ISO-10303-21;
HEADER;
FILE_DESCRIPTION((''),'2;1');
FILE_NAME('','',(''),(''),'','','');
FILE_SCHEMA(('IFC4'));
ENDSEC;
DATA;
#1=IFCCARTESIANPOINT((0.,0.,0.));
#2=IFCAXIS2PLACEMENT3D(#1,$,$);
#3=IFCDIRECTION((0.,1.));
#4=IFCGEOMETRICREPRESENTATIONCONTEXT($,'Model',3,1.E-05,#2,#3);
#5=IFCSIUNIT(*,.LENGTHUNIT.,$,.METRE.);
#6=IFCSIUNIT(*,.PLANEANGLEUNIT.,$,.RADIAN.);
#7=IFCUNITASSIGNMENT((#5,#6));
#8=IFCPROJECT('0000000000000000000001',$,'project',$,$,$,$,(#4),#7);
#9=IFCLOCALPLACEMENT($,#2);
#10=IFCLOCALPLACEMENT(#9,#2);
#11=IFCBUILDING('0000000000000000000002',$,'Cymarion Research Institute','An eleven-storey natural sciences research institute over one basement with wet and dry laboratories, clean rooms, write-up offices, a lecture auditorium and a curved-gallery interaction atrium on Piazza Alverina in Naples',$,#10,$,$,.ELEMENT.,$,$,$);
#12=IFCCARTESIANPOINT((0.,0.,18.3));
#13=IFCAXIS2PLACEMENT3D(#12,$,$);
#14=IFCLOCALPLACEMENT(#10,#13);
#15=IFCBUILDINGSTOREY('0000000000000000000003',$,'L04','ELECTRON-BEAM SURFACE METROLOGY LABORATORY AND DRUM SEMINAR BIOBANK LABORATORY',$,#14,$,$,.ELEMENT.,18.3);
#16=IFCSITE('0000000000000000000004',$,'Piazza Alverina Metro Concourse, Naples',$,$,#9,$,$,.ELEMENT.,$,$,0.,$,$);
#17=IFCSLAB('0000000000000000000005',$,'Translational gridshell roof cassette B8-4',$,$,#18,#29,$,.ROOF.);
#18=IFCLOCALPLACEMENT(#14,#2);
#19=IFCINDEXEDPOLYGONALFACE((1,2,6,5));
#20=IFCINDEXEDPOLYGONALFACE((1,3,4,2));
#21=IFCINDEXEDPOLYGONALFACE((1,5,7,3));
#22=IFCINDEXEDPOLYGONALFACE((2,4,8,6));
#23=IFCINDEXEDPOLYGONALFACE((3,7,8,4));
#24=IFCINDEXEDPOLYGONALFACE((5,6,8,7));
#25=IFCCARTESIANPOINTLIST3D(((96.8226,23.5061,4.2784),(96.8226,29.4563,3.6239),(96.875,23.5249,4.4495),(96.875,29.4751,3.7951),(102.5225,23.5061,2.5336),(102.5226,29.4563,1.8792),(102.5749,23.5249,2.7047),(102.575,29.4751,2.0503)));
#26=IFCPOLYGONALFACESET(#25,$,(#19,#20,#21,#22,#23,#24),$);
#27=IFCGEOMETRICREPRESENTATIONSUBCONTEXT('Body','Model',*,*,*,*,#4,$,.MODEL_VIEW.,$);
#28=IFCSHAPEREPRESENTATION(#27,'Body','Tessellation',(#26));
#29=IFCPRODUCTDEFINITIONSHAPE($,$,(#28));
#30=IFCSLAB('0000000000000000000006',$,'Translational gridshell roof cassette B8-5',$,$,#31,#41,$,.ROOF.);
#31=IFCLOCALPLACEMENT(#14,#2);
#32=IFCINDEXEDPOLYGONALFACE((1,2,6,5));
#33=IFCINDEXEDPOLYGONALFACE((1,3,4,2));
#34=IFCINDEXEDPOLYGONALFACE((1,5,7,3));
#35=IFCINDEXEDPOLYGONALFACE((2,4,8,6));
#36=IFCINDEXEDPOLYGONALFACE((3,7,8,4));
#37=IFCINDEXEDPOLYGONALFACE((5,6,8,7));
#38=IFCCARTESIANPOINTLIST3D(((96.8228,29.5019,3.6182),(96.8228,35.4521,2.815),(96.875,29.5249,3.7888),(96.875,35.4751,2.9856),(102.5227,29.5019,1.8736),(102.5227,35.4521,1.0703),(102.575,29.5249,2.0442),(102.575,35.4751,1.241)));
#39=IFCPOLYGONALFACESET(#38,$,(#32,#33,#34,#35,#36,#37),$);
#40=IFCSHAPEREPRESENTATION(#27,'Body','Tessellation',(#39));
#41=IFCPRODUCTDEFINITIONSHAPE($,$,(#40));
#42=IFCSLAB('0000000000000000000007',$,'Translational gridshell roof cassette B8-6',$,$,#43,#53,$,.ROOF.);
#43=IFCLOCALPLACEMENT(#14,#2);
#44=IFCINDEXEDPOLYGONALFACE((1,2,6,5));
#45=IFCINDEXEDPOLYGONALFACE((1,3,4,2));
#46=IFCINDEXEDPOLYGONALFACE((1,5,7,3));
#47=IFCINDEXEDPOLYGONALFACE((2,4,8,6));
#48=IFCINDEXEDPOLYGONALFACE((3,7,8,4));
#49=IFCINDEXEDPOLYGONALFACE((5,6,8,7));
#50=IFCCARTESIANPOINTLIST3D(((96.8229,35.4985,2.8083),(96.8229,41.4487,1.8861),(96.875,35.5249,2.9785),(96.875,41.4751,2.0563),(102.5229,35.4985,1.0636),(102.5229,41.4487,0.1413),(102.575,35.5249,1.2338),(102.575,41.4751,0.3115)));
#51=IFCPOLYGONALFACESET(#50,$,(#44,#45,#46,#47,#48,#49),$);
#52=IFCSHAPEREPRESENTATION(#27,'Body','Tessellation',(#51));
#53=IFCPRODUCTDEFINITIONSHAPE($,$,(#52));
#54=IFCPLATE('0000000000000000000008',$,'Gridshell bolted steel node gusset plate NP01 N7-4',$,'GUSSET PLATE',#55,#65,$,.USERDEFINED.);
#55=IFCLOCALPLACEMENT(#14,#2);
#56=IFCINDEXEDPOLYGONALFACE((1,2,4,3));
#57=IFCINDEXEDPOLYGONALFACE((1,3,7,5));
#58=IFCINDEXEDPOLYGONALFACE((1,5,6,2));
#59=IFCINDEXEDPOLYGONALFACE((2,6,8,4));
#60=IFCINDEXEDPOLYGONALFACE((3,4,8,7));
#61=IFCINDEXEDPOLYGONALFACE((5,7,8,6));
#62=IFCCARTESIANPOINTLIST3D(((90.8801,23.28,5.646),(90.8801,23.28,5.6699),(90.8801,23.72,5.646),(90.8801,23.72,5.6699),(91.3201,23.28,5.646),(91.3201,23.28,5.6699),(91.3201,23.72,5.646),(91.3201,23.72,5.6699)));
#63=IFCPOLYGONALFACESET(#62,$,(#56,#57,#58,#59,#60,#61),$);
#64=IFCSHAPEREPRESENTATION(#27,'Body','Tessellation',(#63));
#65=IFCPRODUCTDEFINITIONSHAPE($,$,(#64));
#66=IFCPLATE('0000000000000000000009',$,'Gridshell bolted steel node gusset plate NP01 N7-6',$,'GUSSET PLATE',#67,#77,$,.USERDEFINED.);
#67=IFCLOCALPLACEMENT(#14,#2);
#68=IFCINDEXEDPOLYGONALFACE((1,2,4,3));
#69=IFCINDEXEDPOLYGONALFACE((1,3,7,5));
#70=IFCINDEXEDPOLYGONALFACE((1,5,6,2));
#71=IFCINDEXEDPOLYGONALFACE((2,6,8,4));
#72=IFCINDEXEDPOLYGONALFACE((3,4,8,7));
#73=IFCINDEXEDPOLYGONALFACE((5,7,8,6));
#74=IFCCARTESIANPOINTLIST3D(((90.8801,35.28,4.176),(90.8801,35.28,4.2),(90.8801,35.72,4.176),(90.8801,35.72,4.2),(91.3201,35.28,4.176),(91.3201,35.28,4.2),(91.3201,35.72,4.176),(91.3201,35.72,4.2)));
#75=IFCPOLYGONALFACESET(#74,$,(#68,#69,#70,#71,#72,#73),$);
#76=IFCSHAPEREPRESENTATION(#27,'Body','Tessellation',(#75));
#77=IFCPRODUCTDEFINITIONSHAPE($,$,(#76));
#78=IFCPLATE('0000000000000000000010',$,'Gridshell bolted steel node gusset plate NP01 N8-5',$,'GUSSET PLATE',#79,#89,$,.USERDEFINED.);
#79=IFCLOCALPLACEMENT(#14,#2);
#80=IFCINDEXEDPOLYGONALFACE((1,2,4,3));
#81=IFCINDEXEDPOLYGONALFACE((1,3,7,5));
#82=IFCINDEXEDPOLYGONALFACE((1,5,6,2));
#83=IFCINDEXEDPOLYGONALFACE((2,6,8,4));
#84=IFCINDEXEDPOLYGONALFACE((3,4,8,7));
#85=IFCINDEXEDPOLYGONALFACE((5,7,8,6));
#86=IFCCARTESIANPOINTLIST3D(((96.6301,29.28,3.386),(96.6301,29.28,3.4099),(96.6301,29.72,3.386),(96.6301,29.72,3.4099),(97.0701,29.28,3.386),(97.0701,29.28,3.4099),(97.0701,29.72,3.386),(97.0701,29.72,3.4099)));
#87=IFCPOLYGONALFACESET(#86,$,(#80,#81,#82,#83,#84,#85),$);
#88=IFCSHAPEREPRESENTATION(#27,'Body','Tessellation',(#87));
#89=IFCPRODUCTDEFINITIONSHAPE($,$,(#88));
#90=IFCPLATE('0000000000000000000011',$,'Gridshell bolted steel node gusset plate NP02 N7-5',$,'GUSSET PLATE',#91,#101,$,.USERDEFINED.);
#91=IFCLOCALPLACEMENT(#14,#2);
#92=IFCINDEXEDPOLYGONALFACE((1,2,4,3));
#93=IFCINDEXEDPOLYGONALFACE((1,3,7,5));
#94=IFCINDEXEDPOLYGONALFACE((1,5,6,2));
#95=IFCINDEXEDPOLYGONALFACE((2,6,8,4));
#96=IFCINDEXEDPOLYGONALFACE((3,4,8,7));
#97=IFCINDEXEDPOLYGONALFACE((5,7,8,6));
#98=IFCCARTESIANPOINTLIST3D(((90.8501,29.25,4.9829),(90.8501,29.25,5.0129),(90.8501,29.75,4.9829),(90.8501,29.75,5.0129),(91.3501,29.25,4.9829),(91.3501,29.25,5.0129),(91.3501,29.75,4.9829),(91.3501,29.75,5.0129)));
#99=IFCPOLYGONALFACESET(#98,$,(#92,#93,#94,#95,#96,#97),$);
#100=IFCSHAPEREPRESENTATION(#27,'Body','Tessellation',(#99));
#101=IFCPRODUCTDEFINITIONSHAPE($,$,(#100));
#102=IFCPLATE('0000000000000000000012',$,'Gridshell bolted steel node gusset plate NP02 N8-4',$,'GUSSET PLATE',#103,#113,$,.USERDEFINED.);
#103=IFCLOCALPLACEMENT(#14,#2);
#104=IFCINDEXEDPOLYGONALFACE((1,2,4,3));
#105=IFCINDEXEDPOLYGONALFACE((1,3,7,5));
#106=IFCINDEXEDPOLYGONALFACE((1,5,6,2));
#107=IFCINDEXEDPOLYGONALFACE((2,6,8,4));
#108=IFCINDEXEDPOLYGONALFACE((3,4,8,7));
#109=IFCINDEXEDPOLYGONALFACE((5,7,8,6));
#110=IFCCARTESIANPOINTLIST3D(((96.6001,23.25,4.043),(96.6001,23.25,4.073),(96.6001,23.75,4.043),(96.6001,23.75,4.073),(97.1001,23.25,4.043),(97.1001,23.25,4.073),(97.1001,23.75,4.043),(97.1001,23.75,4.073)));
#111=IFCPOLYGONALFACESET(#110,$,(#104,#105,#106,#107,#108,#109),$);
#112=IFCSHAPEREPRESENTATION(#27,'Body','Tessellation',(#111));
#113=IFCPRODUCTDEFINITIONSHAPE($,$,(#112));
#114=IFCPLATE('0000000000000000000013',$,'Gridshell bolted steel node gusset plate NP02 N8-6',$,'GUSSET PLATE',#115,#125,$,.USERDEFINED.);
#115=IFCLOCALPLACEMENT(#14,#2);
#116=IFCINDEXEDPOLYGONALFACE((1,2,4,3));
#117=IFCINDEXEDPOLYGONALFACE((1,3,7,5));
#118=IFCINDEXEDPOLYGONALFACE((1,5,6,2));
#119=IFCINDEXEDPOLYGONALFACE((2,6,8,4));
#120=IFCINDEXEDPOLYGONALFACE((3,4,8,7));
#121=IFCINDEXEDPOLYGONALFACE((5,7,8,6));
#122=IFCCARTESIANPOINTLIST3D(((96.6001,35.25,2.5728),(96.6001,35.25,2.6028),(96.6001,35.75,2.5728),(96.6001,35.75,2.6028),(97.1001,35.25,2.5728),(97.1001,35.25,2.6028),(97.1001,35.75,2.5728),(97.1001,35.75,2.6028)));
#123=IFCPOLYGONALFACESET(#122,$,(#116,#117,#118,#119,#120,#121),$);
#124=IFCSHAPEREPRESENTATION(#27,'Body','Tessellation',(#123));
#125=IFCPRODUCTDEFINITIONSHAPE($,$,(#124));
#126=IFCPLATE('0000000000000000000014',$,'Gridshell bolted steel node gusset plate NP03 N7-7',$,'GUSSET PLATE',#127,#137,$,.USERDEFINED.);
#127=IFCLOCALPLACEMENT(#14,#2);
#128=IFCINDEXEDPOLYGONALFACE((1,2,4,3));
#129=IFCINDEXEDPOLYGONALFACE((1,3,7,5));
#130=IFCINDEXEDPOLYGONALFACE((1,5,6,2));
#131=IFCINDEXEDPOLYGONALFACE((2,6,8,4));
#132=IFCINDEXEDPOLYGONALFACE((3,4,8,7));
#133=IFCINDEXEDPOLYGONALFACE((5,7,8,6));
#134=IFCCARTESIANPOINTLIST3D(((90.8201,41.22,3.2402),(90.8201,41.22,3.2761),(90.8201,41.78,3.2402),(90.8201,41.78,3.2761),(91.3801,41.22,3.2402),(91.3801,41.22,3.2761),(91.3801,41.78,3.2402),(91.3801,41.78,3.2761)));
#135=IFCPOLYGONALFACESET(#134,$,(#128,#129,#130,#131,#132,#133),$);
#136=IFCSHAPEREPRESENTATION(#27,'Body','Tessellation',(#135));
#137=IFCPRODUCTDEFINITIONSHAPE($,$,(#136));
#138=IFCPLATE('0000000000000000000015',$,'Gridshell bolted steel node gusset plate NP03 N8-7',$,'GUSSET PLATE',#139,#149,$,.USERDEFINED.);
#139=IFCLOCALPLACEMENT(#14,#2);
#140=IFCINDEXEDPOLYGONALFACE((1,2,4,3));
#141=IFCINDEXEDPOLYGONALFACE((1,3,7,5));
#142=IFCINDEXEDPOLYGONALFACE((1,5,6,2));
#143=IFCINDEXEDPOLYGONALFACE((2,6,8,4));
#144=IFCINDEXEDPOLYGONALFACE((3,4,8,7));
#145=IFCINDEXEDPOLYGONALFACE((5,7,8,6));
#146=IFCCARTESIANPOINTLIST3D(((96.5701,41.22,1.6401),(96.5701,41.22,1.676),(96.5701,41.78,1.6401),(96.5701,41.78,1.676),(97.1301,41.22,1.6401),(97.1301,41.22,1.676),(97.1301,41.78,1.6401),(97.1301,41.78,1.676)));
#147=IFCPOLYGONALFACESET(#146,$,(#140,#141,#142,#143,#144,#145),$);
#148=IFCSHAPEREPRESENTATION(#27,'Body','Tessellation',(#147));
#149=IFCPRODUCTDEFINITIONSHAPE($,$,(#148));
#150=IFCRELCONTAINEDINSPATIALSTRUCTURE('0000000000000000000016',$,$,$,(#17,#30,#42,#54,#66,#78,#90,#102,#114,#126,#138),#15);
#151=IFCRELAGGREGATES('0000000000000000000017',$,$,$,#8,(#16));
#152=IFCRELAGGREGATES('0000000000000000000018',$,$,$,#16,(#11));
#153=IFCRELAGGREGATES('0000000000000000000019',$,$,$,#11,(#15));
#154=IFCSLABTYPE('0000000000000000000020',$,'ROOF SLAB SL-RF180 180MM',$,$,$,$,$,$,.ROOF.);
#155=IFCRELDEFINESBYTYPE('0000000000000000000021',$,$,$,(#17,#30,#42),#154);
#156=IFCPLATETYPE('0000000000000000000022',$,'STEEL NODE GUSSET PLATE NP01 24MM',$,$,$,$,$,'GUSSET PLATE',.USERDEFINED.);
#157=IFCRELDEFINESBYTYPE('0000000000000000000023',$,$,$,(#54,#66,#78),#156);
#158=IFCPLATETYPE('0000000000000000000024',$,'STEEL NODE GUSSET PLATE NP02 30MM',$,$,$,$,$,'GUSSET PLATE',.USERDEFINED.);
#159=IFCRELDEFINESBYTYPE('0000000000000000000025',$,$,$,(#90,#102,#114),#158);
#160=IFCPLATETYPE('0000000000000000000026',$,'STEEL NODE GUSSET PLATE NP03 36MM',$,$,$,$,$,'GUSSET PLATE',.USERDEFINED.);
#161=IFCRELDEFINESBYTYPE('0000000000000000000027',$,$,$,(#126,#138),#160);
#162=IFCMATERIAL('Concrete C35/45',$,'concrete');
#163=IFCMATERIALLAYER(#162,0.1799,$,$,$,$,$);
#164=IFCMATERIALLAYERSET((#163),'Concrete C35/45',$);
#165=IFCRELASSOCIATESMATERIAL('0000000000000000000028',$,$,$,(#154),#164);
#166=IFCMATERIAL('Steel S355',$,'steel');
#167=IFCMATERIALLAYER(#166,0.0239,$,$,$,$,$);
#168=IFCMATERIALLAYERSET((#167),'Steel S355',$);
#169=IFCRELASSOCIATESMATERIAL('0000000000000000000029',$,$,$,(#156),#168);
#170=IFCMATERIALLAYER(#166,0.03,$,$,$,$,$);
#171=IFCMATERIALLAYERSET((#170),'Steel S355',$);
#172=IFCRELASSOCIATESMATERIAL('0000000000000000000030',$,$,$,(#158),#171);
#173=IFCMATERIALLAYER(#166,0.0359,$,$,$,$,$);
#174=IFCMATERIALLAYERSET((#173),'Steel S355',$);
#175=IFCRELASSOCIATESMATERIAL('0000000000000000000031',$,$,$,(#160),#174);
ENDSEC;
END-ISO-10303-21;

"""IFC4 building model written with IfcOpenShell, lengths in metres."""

from ifc_helpers import new_model, si_unit, direction, frame, origin, origin_2d, place, context, subcontext, project, spatial, polyline, rectangle, outline, extrude, material, layer, layer_set, type_object, element, save


model = new_model("IFC4")

# Units and contexts
model_context = context("Model", 3, precision=1e-05, world=origin(), true_north=direction((0.0, 1.0)))
body_context = subcontext(model_context, "Body", "Model", "MODEL_VIEW")
ifc_project = project(units=[si_unit("LENGTHUNIT", "METRE"), si_unit("PLANEANGLEUNIT", "RADIAN")], contexts=[model_context])

# Site, building, storey
site_placement = place(None, origin())
site = spatial("IfcSite", under=ifc_project, at=site_placement, Name="Piazza Alverina Metro Concourse, Naples", CompositionType="ELEMENT", RefElevation=0.0)
building_placement = place(site_placement, origin())
building = spatial("IfcBuilding", under=site, at=building_placement, Name="Cymarion Research Institute", Description="An eleven-storey natural sciences research institute over one basement with wet and dry laboratories, clean rooms, write-up offices, a lecture auditorium and a curved-gallery interaction atrium on Piazza Alverina in Naples", CompositionType="ELEMENT")
storey_placement = place(building_placement, frame((0.0, 0.0, 18.3)))
storey = spatial("IfcBuildingStorey", under=building, at=storey_placement, Name="L04", Description="ELECTRON-BEAM SURFACE METROLOGY LABORATORY AND DRUM SEMINAR BIOBANK LABORATORY", CompositionType="ELEMENT", Elevation=18.3)

# Shared definitions
ifc_material_1 = material(Name="Steel S355", Category="steel")

# Slabs
ifc_material_2 = material(Name="Concrete C35/45", Category="concrete")
ifc_layer_1 = layer(ifc_material_2, 0.1799)
ifc_layer_set_1 = layer_set([ifc_layer_1], Name="Concrete C35/45")
slab_type = type_object("IfcSlabType", Name="ROOF SLAB SL-RF180 180MM", PredefinedType="ROOF", material=ifc_layer_set_1)
slab_1_placement = place(storey_placement, frame((96.875, 23.5249, 4.4495), z_axis=(0.291089, 0.104589, 0.950962), x_axis=(0.956206, -0.000002, -0.292694)))
element("IfcSlab", 1, at=slab_1_placement, inside=storey, type_object=slab_type, Name="Translational gridshell roof cassette B8-4", PredefinedType="ROOF", context=body_context, shape_type="SweptSolid", body=[
    extrude(outline(polyline([(0.0, 0.0), (5.961, 0.0), (6.1525, 5.983), (0.1915, 5.983), (0.0, 0.0)])), origin(), (0.0, 0.0, -1.0), 0.1799),
])
slab_2_placement = place(storey_placement, frame((96.875, 29.5249, 3.7888), z_axis=(0.290267, 0.128018, 0.948344), x_axis=(0.956212, 0.0, -0.292675)))
element("IfcSlab", 2, at=slab_2_placement, inside=storey, type_object=slab_type, Name="Translational gridshell roof cassette B8-5", PredefinedType="ROOF", context=body_context, shape_type="SweptSolid", body=[
    extrude(outline(polyline([(0.0, 0.0), (5.961, 0.0), (6.1961, 5.9996), (0.2351, 5.9996), (0.0, 0.0)])), origin(), (0.0, 0.0, -1.0), 0.1799),
])
slab_3_placement = place(storey_placement, frame((96.875, 35.5249, 2.9785), z_axis=(0.289532, 0.146604, 0.945875), x_axis=(0.956206, 0.000003, -0.292694)))
element("IfcSlab", 3, at=slab_3_placement, inside=storey, type_object=slab_type, Name="Translational gridshell roof cassette B8-6", PredefinedType="ROOF", context=body_context, shape_type="SweptSolid", body=[
    extrude(outline(polyline([(0.0, 0.0), (5.961, 0.0), (6.231, 6.0152), (0.27, 6.0152), (0.0, 0.0)])), origin(), (0.0, 0.0, -1.0), 0.1799),
])

# Plates
ifc_layer_2 = layer(ifc_material_1, 0.0239)
ifc_layer_set_2 = layer_set([ifc_layer_2], Name="Steel S355")
plate_type_1 = type_object("IfcPlateType", Name="STEEL NODE GUSSET PLATE NP01 24MM", ElementType="GUSSET PLATE", PredefinedType="USERDEFINED", material=ifc_layer_set_2)
for number, where, z_axis, x_axis, name in (
    (4, (91.1001, 23.5, 5.646), (0.0, 0.0, 1.0), (1.0, 0.0, 0.0), "Gridshell bolted steel node gusset plate NP01 N7-4"),
    (5, (91.1001, 35.5, 4.176), (0.0, 0.0, 1.0), (1.0, 0.0, 0.0), "Gridshell bolted steel node gusset plate NP01 N7-6"),
    (6, (96.8501, 29.5, 3.386), (0.0, 0.0, 1.0), (1.0, 0.0, 0.0), "Gridshell bolted steel node gusset plate NP01 N8-5"),
):
    element("IfcPlate", number, at=place(storey_placement, frame(where, z_axis=z_axis, x_axis=x_axis)), inside=storey, type_object=plate_type_1, Name=name, ObjectType="GUSSET PLATE", PredefinedType="USERDEFINED", context=body_context, shape_type="SweptSolid", body=[
        extrude(rectangle(XDim=0.4399, YDim=0.4399, at=origin_2d()), origin(), (0.0, 0.0, 1.0), 0.0239),
    ])
ifc_layer_3 = layer(ifc_material_1, 0.03)
ifc_layer_set_3 = layer_set([ifc_layer_3], Name="Steel S355")
plate_type_2 = type_object("IfcPlateType", Name="STEEL NODE GUSSET PLATE NP02 30MM", ElementType="GUSSET PLATE", PredefinedType="USERDEFINED", material=ifc_layer_set_3)
for number, where, z_axis, x_axis, name in (
    (7, (91.1001, 29.5, 4.9829), (0.0, 0.0, 1.0), (1.0, 0.0, 0.0), "Gridshell bolted steel node gusset plate NP02 N7-5"),
    (8, (96.8501, 23.5, 4.043), (0.0, 0.0, 1.0), (1.0, 0.0, 0.0), "Gridshell bolted steel node gusset plate NP02 N8-4"),
    (9, (96.8501, 35.5, 2.5728), (0.0, 0.0, 1.0), (1.0, 0.0, 0.0), "Gridshell bolted steel node gusset plate NP02 N8-6"),
):
    element("IfcPlate", number, at=place(storey_placement, frame(where, z_axis=z_axis, x_axis=x_axis)), inside=storey, type_object=plate_type_2, Name=name, ObjectType="GUSSET PLATE", PredefinedType="USERDEFINED", context=body_context, shape_type="SweptSolid", body=[
        extrude(rectangle(XDim=0.5, YDim=0.5, at=origin_2d()), origin(), (0.0, 0.0, 1.0), 0.03),
    ])
ifc_layer_4 = layer(ifc_material_1, 0.0359)
ifc_layer_set_4 = layer_set([ifc_layer_4], Name="Steel S355")
plate_type_3 = type_object("IfcPlateType", Name="STEEL NODE GUSSET PLATE NP03 36MM", ElementType="GUSSET PLATE", PredefinedType="USERDEFINED", material=ifc_layer_set_4)
for number, where, z_axis, x_axis, name in (
    (10, (91.1001, 41.5, 3.2402), (0.0, 0.0, 1.0), (1.0, 0.0, 0.0), "Gridshell bolted steel node gusset plate NP03 N7-7"),
    (11, (96.8501, 41.5, 1.6401), (0.0, 0.0, 1.0), (1.0, 0.0, 0.0), "Gridshell bolted steel node gusset plate NP03 N8-7"),
):
    element("IfcPlate", number, at=place(storey_placement, frame(where, z_axis=z_axis, x_axis=x_axis)), inside=storey, type_object=plate_type_3, Name=name, ObjectType="GUSSET PLATE", PredefinedType="USERDEFINED", context=body_context, shape_type="SweptSolid", body=[
        extrude(rectangle(XDim=0.5601, YDim=0.5601, at=origin_2d()), origin(), (0.0, 0.0, 1.0), 0.0359),
    ])

save(model, "model.ifc")
